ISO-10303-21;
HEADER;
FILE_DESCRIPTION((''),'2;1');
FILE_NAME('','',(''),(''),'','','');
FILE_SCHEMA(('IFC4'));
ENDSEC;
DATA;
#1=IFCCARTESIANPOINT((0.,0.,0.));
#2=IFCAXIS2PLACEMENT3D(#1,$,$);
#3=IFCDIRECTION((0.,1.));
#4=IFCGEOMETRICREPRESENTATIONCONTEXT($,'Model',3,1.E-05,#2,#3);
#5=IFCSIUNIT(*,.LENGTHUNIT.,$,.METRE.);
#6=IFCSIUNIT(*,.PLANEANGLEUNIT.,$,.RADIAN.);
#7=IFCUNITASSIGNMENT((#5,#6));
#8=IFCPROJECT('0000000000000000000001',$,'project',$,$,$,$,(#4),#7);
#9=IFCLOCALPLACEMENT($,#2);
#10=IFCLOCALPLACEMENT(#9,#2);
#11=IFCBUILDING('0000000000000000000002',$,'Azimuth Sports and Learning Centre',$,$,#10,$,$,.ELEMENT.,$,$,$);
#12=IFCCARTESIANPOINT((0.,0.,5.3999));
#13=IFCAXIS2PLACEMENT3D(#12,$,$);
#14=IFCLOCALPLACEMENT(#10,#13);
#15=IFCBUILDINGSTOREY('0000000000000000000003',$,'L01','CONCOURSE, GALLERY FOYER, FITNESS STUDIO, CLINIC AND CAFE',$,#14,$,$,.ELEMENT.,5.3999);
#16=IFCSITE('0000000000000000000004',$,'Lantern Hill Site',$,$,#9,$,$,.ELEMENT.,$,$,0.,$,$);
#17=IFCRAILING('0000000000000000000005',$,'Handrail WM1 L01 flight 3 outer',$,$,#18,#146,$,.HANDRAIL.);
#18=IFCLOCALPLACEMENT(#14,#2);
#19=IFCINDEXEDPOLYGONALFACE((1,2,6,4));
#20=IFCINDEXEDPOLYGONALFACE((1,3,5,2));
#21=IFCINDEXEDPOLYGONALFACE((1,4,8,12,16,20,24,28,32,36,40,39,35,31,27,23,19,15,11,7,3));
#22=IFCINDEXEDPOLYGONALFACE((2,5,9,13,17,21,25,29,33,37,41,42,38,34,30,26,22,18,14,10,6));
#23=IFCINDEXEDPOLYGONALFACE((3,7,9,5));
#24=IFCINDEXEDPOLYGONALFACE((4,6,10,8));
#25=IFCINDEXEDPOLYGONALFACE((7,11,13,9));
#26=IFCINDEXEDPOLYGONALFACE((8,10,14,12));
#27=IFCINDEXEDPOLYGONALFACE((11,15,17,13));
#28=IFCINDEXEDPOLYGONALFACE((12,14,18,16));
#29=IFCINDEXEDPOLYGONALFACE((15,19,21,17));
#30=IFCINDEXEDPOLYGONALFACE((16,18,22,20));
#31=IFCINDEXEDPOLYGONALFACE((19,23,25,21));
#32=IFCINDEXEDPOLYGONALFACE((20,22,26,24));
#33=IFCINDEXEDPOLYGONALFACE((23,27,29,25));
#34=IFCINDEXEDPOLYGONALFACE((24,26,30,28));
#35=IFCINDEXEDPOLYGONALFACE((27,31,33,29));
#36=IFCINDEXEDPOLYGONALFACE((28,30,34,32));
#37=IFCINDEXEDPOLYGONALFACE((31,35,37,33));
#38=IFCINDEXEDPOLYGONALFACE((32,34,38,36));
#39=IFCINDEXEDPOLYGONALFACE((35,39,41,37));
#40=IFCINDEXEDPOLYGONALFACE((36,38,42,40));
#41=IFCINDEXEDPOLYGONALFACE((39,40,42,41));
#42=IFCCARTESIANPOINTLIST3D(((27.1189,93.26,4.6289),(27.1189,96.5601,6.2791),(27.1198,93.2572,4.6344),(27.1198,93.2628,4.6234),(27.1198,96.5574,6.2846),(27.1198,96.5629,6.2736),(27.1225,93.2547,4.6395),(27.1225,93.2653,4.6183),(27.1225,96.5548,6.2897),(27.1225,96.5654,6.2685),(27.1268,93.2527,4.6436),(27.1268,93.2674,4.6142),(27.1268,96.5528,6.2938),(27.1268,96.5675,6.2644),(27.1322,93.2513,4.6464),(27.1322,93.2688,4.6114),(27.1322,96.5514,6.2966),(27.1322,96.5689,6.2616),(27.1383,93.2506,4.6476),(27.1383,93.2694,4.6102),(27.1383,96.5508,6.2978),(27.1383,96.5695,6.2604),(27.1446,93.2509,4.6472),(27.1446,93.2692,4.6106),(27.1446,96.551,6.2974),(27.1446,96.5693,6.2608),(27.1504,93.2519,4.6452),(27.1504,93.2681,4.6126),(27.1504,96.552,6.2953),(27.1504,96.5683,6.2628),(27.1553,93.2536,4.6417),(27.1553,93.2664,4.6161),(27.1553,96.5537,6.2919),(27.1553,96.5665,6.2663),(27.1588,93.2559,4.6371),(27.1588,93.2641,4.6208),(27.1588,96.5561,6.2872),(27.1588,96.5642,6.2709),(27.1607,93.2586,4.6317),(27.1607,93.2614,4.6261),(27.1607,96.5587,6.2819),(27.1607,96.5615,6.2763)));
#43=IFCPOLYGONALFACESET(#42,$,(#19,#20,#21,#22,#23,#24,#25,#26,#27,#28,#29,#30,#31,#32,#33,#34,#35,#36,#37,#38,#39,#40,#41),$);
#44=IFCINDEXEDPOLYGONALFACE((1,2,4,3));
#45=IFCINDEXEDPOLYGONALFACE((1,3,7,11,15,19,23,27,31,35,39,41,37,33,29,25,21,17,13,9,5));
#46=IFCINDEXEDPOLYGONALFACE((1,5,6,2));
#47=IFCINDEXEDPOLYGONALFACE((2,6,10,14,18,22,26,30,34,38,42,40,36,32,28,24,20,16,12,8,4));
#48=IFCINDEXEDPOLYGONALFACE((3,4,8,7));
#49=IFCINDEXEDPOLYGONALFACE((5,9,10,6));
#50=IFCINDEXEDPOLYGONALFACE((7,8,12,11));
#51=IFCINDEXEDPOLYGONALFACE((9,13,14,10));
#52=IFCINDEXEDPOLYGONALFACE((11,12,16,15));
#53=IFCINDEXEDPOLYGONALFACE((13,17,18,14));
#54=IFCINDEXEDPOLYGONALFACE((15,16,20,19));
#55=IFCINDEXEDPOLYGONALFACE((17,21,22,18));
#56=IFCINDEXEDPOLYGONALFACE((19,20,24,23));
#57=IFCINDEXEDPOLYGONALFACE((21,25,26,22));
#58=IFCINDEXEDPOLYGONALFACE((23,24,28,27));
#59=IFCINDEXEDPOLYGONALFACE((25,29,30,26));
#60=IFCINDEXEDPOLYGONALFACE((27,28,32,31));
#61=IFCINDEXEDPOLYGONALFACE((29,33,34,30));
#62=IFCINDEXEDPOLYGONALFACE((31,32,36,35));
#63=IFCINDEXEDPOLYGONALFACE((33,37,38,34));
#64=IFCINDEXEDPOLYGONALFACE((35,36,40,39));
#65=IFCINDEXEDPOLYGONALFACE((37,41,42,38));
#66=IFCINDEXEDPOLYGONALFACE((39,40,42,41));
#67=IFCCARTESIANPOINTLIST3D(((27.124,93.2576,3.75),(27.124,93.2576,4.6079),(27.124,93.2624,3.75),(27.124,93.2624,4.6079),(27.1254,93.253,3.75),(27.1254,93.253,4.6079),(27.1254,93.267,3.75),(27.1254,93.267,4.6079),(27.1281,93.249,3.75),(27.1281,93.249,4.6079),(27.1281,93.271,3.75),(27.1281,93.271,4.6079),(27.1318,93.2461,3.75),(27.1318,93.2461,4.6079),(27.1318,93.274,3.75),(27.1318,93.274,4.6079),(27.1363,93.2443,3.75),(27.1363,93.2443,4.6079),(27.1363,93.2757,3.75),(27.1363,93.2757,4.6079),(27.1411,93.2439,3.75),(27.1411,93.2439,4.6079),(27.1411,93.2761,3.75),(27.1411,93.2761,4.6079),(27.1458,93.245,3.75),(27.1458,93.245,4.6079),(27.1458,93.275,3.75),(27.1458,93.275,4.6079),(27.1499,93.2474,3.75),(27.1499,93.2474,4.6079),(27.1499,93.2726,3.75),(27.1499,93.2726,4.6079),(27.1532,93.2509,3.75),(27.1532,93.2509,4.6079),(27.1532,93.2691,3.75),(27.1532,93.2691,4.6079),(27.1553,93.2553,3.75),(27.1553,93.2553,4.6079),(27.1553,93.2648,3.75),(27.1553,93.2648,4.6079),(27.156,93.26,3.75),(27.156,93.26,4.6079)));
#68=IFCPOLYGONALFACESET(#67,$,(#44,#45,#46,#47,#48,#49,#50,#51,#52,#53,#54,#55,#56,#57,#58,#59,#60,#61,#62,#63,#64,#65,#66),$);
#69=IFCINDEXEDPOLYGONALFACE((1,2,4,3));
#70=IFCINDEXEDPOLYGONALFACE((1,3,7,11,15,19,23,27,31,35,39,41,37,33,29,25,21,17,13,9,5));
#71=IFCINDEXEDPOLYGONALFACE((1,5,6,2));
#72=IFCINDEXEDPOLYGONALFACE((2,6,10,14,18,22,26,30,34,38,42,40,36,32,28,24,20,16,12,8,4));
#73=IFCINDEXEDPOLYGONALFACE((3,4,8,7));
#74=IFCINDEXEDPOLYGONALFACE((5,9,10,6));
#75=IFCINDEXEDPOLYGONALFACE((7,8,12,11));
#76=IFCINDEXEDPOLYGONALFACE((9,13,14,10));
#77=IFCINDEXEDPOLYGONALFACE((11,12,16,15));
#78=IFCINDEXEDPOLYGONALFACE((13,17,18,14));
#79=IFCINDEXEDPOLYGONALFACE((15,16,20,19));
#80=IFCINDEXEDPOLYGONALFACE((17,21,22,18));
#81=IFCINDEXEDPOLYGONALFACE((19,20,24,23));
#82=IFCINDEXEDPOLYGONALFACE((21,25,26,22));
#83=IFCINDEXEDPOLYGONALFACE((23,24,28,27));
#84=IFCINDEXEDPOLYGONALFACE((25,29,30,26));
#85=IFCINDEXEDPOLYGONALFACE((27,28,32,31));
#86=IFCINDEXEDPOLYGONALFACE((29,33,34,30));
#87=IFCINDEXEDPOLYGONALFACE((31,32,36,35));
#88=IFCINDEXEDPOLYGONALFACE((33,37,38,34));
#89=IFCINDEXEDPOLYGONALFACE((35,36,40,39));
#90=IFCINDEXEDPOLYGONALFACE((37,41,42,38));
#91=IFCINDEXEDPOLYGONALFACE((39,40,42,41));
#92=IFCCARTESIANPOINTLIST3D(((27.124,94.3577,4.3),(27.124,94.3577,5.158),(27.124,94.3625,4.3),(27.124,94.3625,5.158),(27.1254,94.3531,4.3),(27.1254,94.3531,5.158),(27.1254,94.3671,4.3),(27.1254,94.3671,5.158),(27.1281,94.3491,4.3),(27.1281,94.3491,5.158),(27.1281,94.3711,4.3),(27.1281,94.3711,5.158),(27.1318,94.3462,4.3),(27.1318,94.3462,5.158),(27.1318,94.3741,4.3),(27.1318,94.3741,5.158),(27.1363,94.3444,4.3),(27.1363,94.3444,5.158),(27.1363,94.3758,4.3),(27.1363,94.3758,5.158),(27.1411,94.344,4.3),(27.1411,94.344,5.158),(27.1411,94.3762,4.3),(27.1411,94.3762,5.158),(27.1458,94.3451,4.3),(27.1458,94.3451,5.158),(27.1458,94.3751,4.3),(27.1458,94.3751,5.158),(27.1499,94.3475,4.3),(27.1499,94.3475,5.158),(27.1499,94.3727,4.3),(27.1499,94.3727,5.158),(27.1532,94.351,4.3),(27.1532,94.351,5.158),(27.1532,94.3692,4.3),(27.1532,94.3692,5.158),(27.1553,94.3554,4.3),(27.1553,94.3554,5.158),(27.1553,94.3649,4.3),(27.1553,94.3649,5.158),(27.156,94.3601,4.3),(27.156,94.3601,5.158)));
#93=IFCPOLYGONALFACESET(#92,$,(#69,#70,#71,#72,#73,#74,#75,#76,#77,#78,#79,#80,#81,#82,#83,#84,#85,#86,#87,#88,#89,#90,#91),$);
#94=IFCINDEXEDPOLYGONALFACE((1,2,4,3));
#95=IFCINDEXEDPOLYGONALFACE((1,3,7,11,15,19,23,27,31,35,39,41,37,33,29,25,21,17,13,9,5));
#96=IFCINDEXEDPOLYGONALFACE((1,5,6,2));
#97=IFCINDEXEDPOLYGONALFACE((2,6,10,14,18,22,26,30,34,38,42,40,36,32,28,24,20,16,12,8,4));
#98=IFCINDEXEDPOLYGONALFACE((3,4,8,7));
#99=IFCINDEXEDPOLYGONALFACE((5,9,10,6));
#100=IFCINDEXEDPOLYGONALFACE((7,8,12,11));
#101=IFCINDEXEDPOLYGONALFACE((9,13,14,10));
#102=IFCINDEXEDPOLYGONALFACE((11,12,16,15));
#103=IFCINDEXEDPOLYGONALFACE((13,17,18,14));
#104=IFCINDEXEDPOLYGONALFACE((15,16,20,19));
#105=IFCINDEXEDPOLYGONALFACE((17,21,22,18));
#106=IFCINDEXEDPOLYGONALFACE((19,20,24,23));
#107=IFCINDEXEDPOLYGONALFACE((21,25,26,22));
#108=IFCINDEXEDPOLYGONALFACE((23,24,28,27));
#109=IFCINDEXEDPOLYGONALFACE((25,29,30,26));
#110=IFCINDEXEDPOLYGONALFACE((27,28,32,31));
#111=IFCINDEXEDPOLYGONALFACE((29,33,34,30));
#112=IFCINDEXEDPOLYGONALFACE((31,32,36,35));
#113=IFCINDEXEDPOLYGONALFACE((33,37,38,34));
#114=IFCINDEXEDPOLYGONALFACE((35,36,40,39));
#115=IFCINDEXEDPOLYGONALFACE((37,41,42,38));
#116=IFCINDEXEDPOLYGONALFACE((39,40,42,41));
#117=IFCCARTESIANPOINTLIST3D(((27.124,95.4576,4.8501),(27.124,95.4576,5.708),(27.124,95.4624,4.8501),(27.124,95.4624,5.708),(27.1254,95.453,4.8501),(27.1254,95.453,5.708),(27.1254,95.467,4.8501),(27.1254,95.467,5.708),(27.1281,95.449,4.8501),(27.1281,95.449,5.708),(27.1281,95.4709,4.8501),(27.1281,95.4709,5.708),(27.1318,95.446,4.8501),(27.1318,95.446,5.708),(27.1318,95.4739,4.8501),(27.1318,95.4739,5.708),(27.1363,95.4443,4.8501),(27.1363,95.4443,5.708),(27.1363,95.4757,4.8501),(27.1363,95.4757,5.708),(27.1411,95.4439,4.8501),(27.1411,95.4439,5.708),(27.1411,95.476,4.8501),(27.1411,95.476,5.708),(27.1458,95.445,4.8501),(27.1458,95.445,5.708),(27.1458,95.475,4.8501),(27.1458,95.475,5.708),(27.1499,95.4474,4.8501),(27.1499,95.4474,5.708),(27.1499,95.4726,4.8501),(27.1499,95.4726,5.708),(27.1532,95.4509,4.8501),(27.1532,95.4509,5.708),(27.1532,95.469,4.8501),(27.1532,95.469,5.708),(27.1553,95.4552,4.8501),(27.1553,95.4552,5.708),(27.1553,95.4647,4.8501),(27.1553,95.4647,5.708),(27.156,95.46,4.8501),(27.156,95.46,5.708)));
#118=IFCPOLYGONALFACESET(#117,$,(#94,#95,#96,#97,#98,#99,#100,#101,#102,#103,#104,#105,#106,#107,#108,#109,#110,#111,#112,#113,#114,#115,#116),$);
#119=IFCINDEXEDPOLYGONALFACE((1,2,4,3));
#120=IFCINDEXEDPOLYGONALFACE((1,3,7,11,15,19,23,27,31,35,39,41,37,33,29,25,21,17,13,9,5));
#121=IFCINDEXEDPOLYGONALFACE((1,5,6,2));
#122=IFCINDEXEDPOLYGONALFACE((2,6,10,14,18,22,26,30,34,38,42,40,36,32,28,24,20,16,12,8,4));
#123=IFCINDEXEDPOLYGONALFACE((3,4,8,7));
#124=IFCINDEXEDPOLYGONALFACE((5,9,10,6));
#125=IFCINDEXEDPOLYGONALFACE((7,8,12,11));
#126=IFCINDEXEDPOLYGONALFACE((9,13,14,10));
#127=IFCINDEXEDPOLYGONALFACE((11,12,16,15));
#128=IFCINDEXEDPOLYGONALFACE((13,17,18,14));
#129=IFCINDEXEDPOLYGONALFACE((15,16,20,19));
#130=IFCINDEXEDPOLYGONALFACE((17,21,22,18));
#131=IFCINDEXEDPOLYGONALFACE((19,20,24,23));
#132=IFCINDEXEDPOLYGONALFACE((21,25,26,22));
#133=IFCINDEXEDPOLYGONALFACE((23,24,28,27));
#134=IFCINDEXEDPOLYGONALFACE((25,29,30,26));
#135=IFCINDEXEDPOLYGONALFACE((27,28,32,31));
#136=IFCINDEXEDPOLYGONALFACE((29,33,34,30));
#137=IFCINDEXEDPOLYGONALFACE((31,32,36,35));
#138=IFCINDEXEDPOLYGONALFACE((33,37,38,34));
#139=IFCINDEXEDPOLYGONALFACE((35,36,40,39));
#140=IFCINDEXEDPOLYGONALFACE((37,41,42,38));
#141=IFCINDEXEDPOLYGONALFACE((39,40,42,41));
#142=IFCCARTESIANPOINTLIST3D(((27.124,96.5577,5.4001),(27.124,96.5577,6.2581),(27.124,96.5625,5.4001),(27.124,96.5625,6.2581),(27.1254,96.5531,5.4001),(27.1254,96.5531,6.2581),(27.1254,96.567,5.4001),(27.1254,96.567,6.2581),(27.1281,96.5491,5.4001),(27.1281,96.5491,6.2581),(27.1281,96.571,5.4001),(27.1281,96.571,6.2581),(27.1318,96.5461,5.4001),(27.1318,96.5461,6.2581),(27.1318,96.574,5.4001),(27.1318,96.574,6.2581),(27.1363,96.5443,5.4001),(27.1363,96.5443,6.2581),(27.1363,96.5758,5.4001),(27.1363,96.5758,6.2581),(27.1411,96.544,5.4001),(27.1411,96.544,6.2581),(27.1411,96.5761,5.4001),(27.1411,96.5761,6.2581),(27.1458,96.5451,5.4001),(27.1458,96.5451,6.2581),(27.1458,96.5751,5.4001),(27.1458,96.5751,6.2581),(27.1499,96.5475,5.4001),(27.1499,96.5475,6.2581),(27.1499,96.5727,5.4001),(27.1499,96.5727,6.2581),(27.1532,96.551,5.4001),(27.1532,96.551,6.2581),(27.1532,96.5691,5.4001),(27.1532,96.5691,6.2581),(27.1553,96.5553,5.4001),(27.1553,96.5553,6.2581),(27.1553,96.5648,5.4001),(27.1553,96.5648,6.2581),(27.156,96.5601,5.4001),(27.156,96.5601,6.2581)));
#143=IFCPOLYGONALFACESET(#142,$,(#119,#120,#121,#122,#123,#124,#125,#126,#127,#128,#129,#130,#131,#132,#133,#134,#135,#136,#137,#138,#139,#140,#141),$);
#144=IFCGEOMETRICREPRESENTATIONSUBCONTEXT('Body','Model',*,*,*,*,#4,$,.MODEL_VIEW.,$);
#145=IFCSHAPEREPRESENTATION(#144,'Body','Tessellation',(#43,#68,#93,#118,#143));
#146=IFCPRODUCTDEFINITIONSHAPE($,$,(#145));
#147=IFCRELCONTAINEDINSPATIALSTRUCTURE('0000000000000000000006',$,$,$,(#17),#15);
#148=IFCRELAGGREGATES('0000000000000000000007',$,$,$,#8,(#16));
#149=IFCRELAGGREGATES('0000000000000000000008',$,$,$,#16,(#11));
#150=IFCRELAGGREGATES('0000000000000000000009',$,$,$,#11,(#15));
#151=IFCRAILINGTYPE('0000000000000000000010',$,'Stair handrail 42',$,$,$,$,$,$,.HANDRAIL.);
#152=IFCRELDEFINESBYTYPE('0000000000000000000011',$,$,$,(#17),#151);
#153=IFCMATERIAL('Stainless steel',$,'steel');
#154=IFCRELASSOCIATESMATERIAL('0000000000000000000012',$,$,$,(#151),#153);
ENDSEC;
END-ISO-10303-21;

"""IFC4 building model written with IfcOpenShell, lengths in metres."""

from ifc_helpers import new_model, si_unit, direction, frame, origin, origin_2d, place, context, subcontext, project, spatial, circle, extrude, material, type_object, element, save


model = new_model("IFC4")

# Units and contexts
model_context = context("Model", 3, precision=1e-05, world=origin(), true_north=direction((0.0, 1.0)))
body_context = subcontext(model_context, "Body", "Model", "MODEL_VIEW")
ifc_project = project(units=[si_unit("LENGTHUNIT", "METRE"), si_unit("PLANEANGLEUNIT", "RADIAN")], contexts=[model_context])

# Site, building, storey
site_placement = place(None, origin())
site = spatial("IfcSite", under=ifc_project, at=site_placement, Name="Lantern Hill Site", CompositionType="ELEMENT", RefElevation=0.0)
building_placement = place(site_placement, origin())
building = spatial("IfcBuilding", under=site, at=building_placement, Name="Azimuth Sports and Learning Centre", CompositionType="ELEMENT")
storey_placement = place(building_placement, frame((0.0, 0.0, 5.3999)))
storey = spatial("IfcBuildingStorey", under=building, at=storey_placement, Name="L01", Description="CONCOURSE, GALLERY FOYER, FITNESS STUDIO, CLINIC AND CAFE", CompositionType="ELEMENT", Elevation=5.3999)

# Railing
ifc_material_1 = material(Name="Stainless steel", Category="steel")
railing_type = type_object("IfcRailingType", Name="Stair handrail 42", PredefinedType="HANDRAIL", material=ifc_material_1)
for number, where, name in (
    (1, (27.1399, 93.26, 3.75), "Handrail WM1 L01 flight 3 outer"),
):
    element("IfcRailing", number, at=place(storey_placement, frame(where)), inside=storey, type_object=railing_type, Name=name, PredefinedType="HANDRAIL", context=body_context, shape_type="SweptSolid", body=[
        extrude(circle(Radius=0.021, at=origin_2d()), frame((0.0, 0.0, 0.8789), z_axis=(0.0, 0.894414, 0.44724), x_axis=(-1.0, 0.0, 0.0)), (0.0, 0.0, 1.0), 3.6897),
        extrude(circle(Radius=0.0161, at=origin_2d()), origin(), (0.0, 0.0, 1.0), 0.8579),
        extrude(circle(Radius=0.0161, at=origin_2d()), frame((0.0, 1.1001, 0.55)), (0.0, 0.0, 1.0), 0.8579),
        extrude(circle(Radius=0.0161, at=origin_2d()), frame((0.0, 2.2, 1.1001)), (0.0, 0.0, 1.0), 0.8579),
        extrude(circle(Radius=0.0161, at=origin_2d()), frame((0.0, 3.3, 1.6501)), (0.0, 0.0, 1.0), 0.8579),
    ])

save(model, "model.ifc")
